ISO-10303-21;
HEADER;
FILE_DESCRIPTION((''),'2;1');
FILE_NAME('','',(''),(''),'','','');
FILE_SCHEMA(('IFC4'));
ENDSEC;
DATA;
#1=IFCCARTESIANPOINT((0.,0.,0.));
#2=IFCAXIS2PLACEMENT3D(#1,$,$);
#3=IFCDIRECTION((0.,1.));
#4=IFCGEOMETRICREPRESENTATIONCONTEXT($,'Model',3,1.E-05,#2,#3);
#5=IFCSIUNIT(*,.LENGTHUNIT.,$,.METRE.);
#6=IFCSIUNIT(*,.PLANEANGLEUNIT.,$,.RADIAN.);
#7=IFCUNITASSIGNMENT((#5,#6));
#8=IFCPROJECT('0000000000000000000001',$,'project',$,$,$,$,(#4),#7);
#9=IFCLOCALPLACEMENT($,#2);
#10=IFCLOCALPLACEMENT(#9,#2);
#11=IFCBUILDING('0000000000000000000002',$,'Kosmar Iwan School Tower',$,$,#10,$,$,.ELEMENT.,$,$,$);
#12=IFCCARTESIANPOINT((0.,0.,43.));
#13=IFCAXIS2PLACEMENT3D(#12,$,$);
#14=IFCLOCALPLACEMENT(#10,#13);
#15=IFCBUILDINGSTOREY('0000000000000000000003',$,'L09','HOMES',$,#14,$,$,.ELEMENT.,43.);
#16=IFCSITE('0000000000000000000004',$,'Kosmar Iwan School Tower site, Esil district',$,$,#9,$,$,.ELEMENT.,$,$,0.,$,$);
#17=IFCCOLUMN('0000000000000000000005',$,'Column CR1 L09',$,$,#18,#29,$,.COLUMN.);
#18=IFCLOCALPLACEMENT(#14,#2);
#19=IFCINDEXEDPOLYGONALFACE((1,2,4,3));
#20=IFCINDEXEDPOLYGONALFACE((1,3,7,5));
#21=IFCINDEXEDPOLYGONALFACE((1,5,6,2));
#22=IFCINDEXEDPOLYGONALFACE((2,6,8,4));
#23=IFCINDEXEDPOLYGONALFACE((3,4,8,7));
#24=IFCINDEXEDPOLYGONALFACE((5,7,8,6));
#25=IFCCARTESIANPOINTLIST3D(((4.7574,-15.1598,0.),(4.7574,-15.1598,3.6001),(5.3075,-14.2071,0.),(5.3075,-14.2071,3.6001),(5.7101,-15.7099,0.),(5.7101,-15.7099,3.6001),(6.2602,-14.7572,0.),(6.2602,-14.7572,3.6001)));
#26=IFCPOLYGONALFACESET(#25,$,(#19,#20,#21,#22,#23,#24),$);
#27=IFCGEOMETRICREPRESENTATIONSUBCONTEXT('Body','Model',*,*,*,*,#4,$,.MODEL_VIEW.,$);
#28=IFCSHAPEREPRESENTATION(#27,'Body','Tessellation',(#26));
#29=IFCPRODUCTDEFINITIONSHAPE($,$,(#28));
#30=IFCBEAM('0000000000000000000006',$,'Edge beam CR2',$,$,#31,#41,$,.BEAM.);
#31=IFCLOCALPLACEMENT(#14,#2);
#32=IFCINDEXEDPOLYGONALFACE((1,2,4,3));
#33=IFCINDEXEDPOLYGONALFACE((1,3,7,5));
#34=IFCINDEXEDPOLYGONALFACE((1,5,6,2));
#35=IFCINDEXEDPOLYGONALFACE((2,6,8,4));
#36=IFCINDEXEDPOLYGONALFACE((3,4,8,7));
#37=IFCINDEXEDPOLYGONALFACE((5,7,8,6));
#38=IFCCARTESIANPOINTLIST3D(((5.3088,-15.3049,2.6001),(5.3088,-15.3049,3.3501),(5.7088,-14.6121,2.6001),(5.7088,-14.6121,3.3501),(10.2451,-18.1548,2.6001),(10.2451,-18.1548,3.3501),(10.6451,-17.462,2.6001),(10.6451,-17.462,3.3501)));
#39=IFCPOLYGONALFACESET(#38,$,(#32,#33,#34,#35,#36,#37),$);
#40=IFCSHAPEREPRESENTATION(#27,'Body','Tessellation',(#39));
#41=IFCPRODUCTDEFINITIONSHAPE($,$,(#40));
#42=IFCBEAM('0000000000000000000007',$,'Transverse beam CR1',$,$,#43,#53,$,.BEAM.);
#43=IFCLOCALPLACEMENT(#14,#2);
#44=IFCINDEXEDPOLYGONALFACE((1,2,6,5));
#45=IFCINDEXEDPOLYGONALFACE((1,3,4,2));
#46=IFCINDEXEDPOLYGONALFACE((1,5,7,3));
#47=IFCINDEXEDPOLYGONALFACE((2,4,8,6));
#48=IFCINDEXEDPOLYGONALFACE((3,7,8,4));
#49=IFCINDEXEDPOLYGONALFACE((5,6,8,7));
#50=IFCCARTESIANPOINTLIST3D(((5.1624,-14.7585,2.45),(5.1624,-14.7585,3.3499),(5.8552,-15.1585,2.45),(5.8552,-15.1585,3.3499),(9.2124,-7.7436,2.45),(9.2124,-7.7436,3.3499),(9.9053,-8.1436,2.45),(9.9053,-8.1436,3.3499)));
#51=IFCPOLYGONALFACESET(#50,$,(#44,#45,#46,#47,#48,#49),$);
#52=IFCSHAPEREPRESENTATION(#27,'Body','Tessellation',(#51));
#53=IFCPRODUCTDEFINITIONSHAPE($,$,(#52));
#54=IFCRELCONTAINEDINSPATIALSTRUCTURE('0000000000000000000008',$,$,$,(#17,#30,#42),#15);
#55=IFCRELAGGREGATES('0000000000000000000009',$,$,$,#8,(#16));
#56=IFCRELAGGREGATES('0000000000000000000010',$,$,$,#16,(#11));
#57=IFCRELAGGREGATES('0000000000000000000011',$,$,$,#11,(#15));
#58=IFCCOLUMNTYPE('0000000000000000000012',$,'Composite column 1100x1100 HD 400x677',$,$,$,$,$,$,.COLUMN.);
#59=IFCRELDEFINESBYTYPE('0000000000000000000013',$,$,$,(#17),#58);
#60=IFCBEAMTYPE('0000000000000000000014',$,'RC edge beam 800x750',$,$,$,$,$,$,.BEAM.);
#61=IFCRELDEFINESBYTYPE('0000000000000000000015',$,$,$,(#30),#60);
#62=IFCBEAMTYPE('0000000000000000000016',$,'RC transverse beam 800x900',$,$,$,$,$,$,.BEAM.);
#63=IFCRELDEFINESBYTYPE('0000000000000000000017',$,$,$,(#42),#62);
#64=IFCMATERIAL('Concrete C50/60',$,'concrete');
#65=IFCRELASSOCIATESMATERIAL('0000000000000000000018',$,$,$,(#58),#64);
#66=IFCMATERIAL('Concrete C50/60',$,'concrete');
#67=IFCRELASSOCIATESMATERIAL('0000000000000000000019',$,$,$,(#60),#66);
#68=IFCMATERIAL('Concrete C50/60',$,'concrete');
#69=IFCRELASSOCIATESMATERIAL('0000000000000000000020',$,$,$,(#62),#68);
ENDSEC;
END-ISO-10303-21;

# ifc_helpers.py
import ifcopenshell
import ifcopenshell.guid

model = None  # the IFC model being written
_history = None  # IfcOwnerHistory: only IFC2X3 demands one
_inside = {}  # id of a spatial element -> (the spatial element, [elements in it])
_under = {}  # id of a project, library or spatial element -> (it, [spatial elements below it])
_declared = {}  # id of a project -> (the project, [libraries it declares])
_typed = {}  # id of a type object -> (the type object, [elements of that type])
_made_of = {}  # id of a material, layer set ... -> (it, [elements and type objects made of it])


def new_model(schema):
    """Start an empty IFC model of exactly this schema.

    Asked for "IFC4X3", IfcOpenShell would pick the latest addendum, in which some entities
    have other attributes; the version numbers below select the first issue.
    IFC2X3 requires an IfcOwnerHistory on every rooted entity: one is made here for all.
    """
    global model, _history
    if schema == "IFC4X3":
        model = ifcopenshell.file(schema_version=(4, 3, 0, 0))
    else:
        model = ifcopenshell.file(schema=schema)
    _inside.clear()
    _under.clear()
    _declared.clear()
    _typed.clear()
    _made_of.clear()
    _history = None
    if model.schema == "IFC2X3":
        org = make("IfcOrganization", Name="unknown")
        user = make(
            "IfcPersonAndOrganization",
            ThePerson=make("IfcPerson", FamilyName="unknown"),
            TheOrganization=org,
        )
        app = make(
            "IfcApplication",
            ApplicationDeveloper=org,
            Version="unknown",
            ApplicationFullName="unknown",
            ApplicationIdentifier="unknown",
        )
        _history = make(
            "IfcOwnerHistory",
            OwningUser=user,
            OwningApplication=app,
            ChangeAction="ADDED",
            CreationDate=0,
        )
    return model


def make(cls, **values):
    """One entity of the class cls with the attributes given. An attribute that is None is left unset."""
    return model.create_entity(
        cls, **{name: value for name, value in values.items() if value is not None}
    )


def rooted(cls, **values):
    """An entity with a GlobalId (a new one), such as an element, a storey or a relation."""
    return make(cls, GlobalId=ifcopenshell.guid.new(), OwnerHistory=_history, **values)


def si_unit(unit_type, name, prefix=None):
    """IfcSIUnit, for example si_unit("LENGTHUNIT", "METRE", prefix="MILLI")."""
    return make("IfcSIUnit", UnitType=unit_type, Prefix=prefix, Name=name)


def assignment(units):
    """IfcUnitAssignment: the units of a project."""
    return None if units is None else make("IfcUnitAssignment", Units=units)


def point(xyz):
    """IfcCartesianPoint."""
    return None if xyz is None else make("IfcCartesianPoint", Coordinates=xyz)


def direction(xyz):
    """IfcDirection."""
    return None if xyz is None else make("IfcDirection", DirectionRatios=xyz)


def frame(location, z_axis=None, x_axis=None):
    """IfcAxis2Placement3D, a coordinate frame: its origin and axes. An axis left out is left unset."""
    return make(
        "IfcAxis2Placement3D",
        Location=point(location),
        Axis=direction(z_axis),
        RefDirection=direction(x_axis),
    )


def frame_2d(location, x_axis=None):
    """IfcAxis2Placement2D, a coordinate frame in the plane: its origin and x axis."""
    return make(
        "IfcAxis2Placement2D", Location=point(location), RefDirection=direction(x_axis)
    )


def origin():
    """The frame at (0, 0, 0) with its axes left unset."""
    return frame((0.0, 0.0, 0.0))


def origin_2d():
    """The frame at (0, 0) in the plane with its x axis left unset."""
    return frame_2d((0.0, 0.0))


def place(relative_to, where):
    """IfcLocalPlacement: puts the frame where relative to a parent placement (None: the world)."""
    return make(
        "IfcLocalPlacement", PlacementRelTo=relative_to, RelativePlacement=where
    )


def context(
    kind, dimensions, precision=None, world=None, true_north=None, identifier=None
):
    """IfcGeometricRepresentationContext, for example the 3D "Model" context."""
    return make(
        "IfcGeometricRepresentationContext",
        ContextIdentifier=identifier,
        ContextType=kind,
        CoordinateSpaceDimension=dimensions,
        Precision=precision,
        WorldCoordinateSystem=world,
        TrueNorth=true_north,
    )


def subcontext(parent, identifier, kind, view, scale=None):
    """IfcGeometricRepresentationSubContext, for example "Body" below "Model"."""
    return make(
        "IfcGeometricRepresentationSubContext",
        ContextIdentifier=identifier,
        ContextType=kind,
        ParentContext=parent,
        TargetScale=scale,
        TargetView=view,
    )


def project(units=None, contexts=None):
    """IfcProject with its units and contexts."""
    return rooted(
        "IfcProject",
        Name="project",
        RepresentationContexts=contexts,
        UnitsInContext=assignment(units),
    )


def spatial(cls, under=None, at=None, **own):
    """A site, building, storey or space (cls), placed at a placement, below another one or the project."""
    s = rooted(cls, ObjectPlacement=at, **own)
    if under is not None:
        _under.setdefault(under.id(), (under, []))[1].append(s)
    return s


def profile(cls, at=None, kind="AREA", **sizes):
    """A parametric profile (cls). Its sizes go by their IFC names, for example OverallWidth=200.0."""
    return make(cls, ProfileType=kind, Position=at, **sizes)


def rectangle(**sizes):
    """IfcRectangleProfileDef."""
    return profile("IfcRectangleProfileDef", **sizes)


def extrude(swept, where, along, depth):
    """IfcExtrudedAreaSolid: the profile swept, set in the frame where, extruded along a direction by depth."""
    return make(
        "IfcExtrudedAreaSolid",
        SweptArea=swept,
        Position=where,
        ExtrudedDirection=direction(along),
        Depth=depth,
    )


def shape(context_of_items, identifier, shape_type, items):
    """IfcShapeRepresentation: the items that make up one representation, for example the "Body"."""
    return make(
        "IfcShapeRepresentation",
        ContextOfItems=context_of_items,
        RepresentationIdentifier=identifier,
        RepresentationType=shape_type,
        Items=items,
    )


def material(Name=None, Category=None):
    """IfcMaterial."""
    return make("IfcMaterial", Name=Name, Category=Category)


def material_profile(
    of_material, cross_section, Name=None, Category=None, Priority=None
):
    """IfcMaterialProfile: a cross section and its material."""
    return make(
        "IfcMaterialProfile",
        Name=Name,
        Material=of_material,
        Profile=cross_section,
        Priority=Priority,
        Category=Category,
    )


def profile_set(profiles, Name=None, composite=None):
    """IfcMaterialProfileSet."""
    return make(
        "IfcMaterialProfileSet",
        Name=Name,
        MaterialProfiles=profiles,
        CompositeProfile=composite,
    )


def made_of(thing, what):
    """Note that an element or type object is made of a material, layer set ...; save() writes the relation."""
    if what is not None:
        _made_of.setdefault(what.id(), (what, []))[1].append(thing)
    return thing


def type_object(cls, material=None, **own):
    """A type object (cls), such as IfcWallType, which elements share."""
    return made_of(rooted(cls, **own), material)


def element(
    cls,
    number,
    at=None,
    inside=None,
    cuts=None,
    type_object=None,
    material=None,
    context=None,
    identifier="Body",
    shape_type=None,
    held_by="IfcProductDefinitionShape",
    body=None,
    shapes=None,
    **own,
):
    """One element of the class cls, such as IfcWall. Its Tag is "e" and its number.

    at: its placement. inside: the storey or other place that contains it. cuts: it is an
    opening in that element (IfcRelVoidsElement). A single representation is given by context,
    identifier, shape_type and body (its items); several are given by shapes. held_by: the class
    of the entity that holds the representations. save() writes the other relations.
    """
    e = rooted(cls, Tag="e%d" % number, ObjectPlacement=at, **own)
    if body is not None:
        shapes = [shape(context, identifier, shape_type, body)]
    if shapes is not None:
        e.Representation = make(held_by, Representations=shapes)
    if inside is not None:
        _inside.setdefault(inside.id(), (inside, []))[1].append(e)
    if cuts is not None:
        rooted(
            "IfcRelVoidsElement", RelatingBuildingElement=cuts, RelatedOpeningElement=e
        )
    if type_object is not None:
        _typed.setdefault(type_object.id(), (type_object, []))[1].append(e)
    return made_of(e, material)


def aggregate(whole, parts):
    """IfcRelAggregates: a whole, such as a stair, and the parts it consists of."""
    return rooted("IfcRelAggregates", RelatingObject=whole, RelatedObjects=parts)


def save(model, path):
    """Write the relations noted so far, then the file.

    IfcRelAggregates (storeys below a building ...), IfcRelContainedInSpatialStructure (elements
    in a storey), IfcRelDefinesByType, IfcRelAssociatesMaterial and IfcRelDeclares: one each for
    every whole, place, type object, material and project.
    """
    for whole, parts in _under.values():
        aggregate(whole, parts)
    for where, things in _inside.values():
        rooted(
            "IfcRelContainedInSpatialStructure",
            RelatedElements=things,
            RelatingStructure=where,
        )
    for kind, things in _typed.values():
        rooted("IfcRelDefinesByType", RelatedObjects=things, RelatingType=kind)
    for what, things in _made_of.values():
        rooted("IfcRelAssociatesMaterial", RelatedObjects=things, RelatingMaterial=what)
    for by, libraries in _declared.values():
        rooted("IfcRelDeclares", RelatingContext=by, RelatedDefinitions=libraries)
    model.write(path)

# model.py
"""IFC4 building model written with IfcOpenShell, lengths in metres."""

from ifc_helpers import new_model, si_unit, direction, frame, origin, origin_2d, place, context, subcontext, project, spatial, rectangle, extrude, material, material_profile, profile_set, type_object, element, save


model = new_model("IFC4")

# Units and contexts
model_context = context("Model", 3, precision=1e-05, world=origin(), true_north=direction((0.0, 1.0)))
body_context = subcontext(model_context, "Body", "Model", "MODEL_VIEW")
ifc_project = project(units=[si_unit("LENGTHUNIT", "METRE"), si_unit("PLANEANGLEUNIT", "RADIAN")], contexts=[model_context])

# Site, building, storey
site_placement = place(None, origin())
site = spatial("IfcSite", under=ifc_project, at=site_placement, Name="Kosmar Iwan School Tower site, Esil district", CompositionType="ELEMENT", RefElevation=0.0)
building_placement = place(site_placement, origin())
building = spatial("IfcBuilding", under=site, at=building_placement, Name="Kosmar Iwan School Tower", CompositionType="ELEMENT")
storey_placement = place(building_placement, frame((0.0, 0.0, 43.0)))
storey = spatial("IfcBuildingStorey", under=building, at=storey_placement, Name="L09", Description="HOMES", CompositionType="ELEMENT", Elevation=43.0)

# Column
ifc_material_1 = material(Name="Concrete C50/60", Category="concrete")
ifc_material_profile_1 = material_profile(ifc_material_1, rectangle(XDim=1.1001, YDim=1.1001, at=origin_2d()), Name="RC 1100x1100 + HD 400x677")
ifc_profile_set_1 = profile_set([ifc_material_profile_1], Name="Concrete C50/60")
column_type = type_object("IfcColumnType", Name="Composite column 1100x1100 HD 400x677", PredefinedType="COLUMN", material=ifc_profile_set_1)
column_placement = place(storey_placement, frame((5.5088, -14.9585, 0.0), z_axis=(0.0, 0.0, 1.0), x_axis=(0.866025, -0.5, 0.0)))
element("IfcColumn", 1, at=column_placement, inside=storey, type_object=column_type, Name="Column CR1 L09", PredefinedType="COLUMN", context=body_context, shape_type="SweptSolid", body=[
    extrude(rectangle(XDim=1.1001, YDim=1.1001, at=origin_2d()), origin(), (0.0, 0.0, 1.0), 3.6001),
])

# Beams
ifc_material_2 = material(Name="Concrete C50/60", Category="concrete")
ifc_material_profile_2 = material_profile(ifc_material_2, rectangle(XDim=0.8, YDim=0.75, at=origin_2d()), Name="RC 800x750")
ifc_profile_set_2 = profile_set([ifc_material_profile_2], Name="Concrete C50/60")
beam_type_1 = type_object("IfcBeamType", Name="RC edge beam 800x750", PredefinedType="BEAM", material=ifc_profile_set_2)
beam_1_placement = place(storey_placement, frame((5.5088, -14.9585, 2.9751), z_axis=(0.866034, -0.499986, 0.0), x_axis=(0.499986, 0.866034, 0.0)))
element("IfcBeam", 2, at=beam_1_placement, inside=storey, type_object=beam_type_1, Name="Edge beam CR2", PredefinedType="BEAM", context=body_context, shape_type="SweptSolid", body=[
    extrude(rectangle(XDim=0.8, YDim=0.75, at=origin_2d()), origin(), (0.0, 0.0, 1.0), 5.7),
])
ifc_material_3 = material(Name="Concrete C50/60", Category="concrete")
ifc_material_profile_3 = material_profile(ifc_material_3, rectangle(XDim=0.8, YDim=0.8999, at=origin_2d()), Name="RC 800x900")
ifc_profile_set_3 = profile_set([ifc_material_profile_3], Name="Concrete C50/60")
beam_type_2 = type_object("IfcBeamType", Name="RC transverse beam 800x900", PredefinedType="BEAM", material=ifc_profile_set_3)
beam_2_placement = place(storey_placement, frame((5.5088, -14.9585, 2.8999), z_axis=(0.5, 0.866025, 0.0), x_axis=(-0.866025, 0.5, 0.0)))
element("IfcBeam", 3, at=beam_2_placement, inside=storey, type_object=beam_type_2, Name="Transverse beam CR1", PredefinedType="BEAM", context=body_context, shape_type="SweptSolid", body=[
    extrude(rectangle(XDim=0.8, YDim=0.8999, at=origin_2d()), origin(), (0.0, 0.0, 1.0), 8.1001),
])

save(model, "model.ifc")
